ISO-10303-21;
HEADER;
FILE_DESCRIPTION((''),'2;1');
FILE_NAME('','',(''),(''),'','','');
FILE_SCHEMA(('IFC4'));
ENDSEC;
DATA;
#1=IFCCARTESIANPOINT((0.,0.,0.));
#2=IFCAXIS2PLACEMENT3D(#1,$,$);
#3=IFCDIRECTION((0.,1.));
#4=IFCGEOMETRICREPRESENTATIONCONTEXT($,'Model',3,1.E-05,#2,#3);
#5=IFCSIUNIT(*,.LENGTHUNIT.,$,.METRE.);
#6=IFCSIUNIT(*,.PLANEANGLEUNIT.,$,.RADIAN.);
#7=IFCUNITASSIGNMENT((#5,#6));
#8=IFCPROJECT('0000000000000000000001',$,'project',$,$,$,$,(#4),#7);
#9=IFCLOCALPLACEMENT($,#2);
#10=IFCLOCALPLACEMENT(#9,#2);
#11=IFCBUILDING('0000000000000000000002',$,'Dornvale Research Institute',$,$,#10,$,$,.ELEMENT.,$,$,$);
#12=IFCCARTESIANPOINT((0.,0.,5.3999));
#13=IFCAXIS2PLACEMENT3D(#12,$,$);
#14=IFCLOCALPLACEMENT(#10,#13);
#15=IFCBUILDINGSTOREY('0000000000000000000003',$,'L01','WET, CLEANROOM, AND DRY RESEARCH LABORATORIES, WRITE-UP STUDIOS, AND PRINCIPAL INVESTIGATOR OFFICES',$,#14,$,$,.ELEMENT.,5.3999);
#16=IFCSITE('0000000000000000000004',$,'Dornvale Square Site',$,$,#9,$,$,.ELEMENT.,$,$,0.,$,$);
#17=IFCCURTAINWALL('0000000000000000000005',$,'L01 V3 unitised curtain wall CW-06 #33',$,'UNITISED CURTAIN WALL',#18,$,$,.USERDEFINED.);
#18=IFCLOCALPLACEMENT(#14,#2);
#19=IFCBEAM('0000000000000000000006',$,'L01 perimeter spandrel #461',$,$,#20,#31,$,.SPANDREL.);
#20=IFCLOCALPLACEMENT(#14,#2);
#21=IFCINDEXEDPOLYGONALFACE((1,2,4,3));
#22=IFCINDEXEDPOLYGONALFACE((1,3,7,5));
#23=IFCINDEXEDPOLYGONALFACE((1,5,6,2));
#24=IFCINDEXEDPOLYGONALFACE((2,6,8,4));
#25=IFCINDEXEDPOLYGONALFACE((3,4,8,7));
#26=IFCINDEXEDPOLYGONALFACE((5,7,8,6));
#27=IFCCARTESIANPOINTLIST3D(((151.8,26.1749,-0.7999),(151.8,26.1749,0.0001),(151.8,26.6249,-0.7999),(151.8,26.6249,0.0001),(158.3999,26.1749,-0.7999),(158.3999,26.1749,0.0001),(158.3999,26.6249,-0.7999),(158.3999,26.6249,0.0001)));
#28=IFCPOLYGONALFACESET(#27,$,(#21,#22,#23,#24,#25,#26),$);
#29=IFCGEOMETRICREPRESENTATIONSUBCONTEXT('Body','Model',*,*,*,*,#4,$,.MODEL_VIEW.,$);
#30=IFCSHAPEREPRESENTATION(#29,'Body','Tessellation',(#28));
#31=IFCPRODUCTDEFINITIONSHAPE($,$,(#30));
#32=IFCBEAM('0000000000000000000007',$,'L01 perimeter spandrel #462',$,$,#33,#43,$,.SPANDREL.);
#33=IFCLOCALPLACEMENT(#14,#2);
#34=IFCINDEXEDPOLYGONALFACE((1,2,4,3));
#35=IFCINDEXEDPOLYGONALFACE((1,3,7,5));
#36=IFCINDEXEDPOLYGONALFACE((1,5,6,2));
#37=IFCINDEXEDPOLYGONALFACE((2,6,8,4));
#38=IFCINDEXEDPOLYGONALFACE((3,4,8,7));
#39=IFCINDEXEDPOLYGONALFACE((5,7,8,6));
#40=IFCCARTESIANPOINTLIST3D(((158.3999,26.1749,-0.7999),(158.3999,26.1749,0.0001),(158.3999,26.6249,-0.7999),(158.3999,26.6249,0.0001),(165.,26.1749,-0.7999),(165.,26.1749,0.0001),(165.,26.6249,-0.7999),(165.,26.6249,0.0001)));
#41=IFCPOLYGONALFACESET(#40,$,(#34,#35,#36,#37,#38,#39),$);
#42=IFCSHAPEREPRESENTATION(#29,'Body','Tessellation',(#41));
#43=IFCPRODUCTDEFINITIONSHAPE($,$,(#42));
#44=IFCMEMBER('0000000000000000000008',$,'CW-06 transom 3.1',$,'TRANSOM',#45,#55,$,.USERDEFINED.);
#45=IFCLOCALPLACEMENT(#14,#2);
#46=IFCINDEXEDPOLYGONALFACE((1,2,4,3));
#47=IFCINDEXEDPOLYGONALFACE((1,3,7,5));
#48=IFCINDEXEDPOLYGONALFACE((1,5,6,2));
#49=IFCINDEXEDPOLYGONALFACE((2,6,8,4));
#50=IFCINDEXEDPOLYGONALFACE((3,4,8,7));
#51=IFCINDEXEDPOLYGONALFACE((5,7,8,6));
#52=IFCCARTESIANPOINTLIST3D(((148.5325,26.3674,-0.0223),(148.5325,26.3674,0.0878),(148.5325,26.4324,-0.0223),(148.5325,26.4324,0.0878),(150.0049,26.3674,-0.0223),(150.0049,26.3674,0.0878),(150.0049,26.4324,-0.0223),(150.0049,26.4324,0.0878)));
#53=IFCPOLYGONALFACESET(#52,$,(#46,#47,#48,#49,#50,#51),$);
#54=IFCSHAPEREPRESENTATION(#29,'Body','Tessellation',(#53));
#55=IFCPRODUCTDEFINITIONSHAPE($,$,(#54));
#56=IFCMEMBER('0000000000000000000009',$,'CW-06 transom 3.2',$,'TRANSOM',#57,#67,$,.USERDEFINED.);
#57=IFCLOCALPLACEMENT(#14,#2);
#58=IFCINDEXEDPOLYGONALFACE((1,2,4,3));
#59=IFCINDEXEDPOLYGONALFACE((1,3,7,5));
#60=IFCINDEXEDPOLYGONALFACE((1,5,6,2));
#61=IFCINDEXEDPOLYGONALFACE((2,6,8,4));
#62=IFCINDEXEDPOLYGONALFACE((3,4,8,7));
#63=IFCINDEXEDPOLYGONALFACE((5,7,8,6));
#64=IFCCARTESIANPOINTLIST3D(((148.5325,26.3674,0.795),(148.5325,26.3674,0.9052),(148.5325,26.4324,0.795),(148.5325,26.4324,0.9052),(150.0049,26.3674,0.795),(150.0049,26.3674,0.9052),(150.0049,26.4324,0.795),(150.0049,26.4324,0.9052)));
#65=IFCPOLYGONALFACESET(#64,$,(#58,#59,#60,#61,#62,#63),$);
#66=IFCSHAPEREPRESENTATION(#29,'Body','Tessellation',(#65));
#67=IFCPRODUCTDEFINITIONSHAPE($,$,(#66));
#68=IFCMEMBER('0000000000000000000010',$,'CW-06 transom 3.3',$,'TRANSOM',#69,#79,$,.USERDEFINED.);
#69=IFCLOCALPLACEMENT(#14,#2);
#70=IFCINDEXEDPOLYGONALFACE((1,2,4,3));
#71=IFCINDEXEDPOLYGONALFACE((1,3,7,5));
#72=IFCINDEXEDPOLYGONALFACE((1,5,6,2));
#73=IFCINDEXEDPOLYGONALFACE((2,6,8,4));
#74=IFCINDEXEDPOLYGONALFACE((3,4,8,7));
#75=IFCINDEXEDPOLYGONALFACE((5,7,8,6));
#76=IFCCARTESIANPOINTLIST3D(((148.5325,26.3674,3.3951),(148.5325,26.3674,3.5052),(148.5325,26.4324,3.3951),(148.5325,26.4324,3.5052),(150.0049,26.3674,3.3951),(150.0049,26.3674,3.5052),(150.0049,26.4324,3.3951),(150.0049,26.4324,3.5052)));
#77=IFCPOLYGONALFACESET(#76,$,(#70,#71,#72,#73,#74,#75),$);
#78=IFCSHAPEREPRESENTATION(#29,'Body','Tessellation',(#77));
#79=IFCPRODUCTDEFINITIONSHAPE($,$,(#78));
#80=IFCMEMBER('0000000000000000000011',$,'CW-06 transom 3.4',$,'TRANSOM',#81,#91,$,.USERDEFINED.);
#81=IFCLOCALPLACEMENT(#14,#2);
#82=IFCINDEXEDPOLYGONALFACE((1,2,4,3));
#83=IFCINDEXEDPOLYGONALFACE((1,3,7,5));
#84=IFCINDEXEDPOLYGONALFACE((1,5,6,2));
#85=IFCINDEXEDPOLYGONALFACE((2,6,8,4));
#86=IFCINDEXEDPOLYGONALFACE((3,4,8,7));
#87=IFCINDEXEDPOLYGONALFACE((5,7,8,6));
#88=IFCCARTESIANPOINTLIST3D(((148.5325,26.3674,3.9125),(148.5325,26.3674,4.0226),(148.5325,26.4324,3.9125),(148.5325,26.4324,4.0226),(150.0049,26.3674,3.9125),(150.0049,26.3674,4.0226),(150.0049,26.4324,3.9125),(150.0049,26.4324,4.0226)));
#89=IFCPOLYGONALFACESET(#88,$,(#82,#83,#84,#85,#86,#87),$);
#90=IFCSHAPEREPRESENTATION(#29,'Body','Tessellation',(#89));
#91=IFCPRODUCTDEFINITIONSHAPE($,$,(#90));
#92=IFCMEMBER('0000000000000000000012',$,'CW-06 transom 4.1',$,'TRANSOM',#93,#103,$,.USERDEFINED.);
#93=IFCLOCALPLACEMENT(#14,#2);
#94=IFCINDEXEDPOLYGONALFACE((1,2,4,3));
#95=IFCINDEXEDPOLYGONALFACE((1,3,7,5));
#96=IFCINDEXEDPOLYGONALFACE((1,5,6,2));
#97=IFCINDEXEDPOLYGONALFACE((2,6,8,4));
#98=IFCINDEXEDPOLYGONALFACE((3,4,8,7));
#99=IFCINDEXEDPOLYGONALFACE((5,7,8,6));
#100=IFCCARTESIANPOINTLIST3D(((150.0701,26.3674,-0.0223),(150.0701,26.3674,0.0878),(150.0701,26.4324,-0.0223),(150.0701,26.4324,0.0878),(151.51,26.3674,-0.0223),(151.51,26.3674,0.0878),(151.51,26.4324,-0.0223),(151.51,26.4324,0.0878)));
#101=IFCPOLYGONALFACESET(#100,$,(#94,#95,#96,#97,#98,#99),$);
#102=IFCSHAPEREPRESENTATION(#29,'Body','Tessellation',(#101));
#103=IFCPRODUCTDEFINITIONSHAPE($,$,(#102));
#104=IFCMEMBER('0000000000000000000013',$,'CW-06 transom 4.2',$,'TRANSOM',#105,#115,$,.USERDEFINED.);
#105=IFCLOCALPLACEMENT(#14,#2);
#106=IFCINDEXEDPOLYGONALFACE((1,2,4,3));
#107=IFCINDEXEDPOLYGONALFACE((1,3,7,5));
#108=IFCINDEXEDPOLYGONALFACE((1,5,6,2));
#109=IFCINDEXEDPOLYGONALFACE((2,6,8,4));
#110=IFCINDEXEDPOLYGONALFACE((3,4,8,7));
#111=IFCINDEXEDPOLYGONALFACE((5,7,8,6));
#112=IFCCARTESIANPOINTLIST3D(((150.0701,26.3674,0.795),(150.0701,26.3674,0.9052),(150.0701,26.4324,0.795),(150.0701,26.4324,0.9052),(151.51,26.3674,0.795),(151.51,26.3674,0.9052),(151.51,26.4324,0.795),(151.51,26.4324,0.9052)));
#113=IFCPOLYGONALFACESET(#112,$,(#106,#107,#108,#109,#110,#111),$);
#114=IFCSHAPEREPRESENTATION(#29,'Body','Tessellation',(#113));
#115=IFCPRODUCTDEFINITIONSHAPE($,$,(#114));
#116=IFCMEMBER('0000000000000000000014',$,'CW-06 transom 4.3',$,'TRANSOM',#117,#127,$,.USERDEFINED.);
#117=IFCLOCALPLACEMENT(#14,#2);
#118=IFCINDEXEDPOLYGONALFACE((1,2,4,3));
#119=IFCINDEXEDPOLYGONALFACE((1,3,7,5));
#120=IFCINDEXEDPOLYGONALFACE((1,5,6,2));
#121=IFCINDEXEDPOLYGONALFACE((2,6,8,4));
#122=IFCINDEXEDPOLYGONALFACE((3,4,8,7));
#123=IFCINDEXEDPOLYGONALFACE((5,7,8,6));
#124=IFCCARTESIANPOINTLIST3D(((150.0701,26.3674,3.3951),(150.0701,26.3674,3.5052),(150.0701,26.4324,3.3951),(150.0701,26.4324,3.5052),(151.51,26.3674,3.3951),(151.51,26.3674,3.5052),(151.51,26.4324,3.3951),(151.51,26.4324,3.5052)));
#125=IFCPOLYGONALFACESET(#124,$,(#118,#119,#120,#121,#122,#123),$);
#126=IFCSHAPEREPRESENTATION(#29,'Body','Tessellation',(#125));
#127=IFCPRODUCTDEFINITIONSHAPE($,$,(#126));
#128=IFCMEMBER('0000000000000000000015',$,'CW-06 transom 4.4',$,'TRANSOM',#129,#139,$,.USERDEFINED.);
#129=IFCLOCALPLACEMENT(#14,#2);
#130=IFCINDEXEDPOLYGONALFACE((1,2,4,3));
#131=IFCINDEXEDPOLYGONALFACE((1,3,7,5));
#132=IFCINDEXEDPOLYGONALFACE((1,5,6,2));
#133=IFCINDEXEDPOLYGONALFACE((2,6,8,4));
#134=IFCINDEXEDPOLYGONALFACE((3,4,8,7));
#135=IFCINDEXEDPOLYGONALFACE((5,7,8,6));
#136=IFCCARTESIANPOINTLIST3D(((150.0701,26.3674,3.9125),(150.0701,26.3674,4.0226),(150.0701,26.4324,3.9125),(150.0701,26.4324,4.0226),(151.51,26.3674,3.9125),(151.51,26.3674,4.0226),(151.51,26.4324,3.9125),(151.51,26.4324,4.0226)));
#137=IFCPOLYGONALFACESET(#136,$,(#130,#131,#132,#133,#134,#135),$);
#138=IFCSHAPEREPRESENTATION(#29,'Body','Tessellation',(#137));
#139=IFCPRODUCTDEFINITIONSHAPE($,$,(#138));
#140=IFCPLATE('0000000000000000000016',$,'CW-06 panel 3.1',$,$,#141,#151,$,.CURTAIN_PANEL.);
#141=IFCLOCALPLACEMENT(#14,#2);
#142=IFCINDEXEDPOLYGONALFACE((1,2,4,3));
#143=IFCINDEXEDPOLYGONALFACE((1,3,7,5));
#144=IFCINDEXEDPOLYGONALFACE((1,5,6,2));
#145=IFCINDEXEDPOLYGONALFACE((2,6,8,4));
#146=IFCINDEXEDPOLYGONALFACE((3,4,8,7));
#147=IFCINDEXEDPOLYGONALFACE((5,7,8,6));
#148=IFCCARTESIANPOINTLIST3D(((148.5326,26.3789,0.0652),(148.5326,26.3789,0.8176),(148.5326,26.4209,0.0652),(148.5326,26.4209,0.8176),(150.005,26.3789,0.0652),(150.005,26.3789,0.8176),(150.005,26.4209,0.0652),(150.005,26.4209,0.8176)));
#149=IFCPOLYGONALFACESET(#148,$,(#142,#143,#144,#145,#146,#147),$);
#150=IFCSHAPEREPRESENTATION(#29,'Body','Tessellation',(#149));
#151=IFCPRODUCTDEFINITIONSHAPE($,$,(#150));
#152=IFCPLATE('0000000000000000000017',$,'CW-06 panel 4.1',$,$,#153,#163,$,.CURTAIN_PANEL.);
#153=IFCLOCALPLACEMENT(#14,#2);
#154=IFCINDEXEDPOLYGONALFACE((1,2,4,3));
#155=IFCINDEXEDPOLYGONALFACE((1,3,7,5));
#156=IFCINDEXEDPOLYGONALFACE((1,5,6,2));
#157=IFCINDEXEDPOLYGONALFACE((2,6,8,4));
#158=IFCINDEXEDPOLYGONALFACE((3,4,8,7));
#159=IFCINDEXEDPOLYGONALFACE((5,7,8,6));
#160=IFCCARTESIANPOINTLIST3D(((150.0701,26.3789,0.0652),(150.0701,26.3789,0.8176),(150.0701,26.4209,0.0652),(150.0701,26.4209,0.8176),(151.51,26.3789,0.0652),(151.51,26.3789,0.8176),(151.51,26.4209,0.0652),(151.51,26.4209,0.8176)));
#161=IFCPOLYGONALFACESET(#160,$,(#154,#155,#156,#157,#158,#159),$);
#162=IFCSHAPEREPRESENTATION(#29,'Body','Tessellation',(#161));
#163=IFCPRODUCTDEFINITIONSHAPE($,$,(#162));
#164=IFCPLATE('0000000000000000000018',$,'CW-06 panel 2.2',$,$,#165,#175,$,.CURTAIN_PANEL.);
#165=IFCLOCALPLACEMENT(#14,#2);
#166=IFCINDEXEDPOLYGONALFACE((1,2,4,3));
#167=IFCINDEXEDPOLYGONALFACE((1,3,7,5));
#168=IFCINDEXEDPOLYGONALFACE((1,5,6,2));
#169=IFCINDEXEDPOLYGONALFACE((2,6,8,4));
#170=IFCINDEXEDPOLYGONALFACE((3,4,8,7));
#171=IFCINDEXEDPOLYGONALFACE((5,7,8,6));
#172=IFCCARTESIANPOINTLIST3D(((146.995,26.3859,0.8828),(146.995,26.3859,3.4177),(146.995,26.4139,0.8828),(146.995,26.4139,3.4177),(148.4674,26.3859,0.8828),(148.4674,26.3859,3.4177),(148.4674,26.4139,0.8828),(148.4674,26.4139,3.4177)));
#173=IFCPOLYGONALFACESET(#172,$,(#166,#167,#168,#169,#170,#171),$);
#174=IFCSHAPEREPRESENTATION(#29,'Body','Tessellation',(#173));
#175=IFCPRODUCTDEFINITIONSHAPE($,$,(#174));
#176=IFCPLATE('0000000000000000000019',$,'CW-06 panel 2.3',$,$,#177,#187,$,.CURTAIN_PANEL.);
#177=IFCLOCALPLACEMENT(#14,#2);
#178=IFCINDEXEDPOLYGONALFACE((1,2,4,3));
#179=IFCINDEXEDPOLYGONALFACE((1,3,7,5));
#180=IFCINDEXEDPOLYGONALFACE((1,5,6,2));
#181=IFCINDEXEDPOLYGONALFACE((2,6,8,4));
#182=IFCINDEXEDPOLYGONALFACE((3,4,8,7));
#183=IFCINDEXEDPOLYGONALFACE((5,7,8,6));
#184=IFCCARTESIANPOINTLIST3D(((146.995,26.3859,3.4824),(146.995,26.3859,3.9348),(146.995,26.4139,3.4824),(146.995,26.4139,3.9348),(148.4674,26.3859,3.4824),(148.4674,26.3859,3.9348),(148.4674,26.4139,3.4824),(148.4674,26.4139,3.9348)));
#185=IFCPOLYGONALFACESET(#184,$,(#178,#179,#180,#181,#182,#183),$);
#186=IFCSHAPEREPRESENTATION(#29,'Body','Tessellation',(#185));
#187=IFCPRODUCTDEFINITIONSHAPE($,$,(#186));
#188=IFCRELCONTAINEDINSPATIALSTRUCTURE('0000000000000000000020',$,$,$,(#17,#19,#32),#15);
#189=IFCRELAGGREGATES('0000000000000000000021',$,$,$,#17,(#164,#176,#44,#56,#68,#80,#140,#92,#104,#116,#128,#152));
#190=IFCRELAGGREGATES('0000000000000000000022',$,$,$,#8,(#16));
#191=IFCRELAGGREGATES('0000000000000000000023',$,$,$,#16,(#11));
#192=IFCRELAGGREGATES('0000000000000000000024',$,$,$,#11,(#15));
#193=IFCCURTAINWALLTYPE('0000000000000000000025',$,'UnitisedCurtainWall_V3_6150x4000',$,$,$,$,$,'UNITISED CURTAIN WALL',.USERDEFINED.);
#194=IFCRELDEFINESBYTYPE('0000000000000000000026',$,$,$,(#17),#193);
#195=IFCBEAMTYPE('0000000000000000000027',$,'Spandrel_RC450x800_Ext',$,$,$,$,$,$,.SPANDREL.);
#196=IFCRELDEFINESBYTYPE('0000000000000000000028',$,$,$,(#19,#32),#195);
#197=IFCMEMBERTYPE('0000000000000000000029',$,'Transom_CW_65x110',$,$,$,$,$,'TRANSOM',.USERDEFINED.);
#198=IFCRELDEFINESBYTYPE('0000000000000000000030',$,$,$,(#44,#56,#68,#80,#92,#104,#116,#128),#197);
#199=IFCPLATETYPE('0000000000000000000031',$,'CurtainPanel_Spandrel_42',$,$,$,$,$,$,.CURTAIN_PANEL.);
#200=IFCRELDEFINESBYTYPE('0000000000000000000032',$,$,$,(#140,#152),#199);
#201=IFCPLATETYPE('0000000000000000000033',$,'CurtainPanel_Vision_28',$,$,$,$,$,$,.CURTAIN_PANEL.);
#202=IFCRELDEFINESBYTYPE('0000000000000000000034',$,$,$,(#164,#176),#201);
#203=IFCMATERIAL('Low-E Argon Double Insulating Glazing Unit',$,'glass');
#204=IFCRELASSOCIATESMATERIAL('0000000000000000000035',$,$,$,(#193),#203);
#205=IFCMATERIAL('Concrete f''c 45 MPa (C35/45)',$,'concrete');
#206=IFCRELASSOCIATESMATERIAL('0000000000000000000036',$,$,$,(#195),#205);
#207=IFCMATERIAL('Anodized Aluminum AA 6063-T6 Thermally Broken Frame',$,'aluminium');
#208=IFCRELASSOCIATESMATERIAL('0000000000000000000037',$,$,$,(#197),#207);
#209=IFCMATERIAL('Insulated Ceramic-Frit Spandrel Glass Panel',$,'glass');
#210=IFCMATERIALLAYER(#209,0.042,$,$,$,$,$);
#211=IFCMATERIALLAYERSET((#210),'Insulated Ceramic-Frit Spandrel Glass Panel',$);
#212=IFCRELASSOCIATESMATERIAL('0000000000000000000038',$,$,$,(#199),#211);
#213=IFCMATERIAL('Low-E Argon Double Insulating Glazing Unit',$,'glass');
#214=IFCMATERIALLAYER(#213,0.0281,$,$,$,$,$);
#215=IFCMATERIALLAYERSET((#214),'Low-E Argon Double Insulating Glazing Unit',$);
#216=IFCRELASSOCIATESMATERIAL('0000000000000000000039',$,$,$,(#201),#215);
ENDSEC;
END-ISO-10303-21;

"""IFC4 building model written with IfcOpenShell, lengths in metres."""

from ifc_helpers import new_model, si_unit, direction, frame, origin, origin_2d, place, context, subcontext, project, spatial, rectangle, extrude, material, layer, layer_set, material_profile, profile_set, type_object, element, aggregate, save


model = new_model("IFC4")

# Units and contexts
model_context = context("Model", 3, precision=1e-05, world=origin(), true_north=direction((0.0, 1.0)))
body_context = subcontext(model_context, "Body", "Model", "MODEL_VIEW")
ifc_project = project(units=[si_unit("LENGTHUNIT", "METRE"), si_unit("PLANEANGLEUNIT", "RADIAN")], contexts=[model_context])

# Site, building, storey
site_placement = place(None, origin())
site = spatial("IfcSite", under=ifc_project, at=site_placement, Name="Dornvale Square Site", CompositionType="ELEMENT", RefElevation=0.0)
building_placement = place(site_placement, origin())
building = spatial("IfcBuilding", under=site, at=building_placement, Name="Dornvale Research Institute", CompositionType="ELEMENT")
storey_placement = place(building_placement, frame((0.0, 0.0, 5.3999)))
storey = spatial("IfcBuildingStorey", under=building, at=storey_placement, Name="L01", Description="WET, CLEANROOM, AND DRY RESEARCH LABORATORIES, WRITE-UP STUDIOS, AND PRINCIPAL INVESTIGATOR OFFICES", CompositionType="ELEMENT", Elevation=5.3999)

# Curtain wall
ifc_material_1 = material(Name="Low-E Argon Double Insulating Glazing Unit", Category="glass")
curtain_wall_type = type_object("IfcCurtainWallType", Name="UnitisedCurtainWall_V3_6150x4000", ElementType="UNITISED CURTAIN WALL", PredefinedType="USERDEFINED", material=ifc_material_1)
curtain_wall_1_placement = place(storey_placement, origin())
curtain_wall_1 = element("IfcCurtainWall", 1, at=curtain_wall_1_placement, inside=storey, type_object=curtain_wall_type, Name="L01 V3 unitised curtain wall CW-06 #33", ObjectType="UNITISED CURTAIN WALL", PredefinedType="USERDEFINED")

# Beams
ifc_material_2 = material(Name="Concrete f'c 45 MPa (C35/45)", Category="concrete")
ifc_material_profile_1 = material_profile(ifc_material_2, rectangle(XDim=0.45, YDim=0.8, at=origin_2d()), Name="RC 450x800")
ifc_profile_set_1 = profile_set([ifc_material_profile_1], Name="Concrete f'c 45 MPa (C35/45)")
beam_type_1 = type_object("IfcBeamType", Name="Spandrel_RC450x800_Ext", PredefinedType="SPANDREL", material=ifc_profile_set_1)
beam_1_placement = place(storey_placement, frame((151.8, 26.3999, -0.3999), z_axis=(1.0, 0.0, 0.0), x_axis=(0.0, 1.0, 0.0)))
element("IfcBeam", 2, at=beam_1_placement, inside=storey, type_object=beam_type_1, Name="L01 perimeter spandrel #461", PredefinedType="SPANDREL", context=body_context, shape_type="SweptSolid", body=[
    extrude(rectangle(XDim=0.45, YDim=0.8, at=origin_2d()), origin(), (0.0, 0.0, 1.0), 6.5999),
])
beam_2_placement = place(storey_placement, frame((158.3999, 26.3999, -0.3999), z_axis=(1.0, 0.0, 0.0), x_axis=(0.0, 1.0, 0.0)))
element("IfcBeam", 3, at=beam_2_placement, inside=storey, type_object=beam_type_1, Name="L01 perimeter spandrel #462", PredefinedType="SPANDREL", context=body_context, shape_type="SweptSolid", body=[
    extrude(rectangle(XDim=0.45, YDim=0.8, at=origin_2d()), origin(), (0.0, 0.0, 1.0), 6.6001),
])

# Members
ifc_material_3 = material(Name="Anodized Aluminum AA 6063-T6 Thermally Broken Frame", Category="aluminium")
ifc_material_profile_2 = material_profile(ifc_material_3, rectangle(XDim=0.0649, YDim=0.1101, at=origin_2d()), Name="ALU TRANSOM 65x110")
ifc_profile_set_2 = profile_set([ifc_material_profile_2], Name="Anodized Aluminum AA 6063-T6 Thermally Broken Frame")
member_type_1 = type_object("IfcMemberType", Name="Transom_CW_65x110", ElementType="TRANSOM", PredefinedType="USERDEFINED", material=ifc_profile_set_2)
member_1_placement = place(storey_placement, frame((148.5325, 26.3999, 0.0327), z_axis=(1.0, 0.0, 0.0), x_axis=(0.0, 1.0, 0.0)))
member_1 = element("IfcMember", 4, at=member_1_placement, type_object=member_type_1, Name="CW-06 transom 3.1", ObjectType="TRANSOM", PredefinedType="USERDEFINED", context=body_context, shape_type="SweptSolid", body=[
    extrude(rectangle(XDim=0.0649, YDim=0.1101, at=origin_2d()), origin(), (0.0, 0.0, 1.0), 1.4724),
])
member_2_placement = place(storey_placement, frame((148.5325, 26.3999, 0.8501), z_axis=(1.0, 0.0, 0.0), x_axis=(0.0, 1.0, 0.0)))
member_2 = element("IfcMember", 5, at=member_2_placement, type_object=member_type_1, Name="CW-06 transom 3.2", ObjectType="TRANSOM", PredefinedType="USERDEFINED", context=body_context, shape_type="SweptSolid", body=[
    extrude(rectangle(XDim=0.0649, YDim=0.1101, at=origin_2d()), origin(), (0.0, 0.0, 1.0), 1.4724),
])
member_3_placement = place(storey_placement, frame((148.5325, 26.3999, 3.4502), z_axis=(1.0, 0.0, 0.0), x_axis=(0.0, 1.0, 0.0)))
member_3 = element("IfcMember", 6, at=member_3_placement, type_object=member_type_1, Name="CW-06 transom 3.3", ObjectType="TRANSOM", PredefinedType="USERDEFINED", context=body_context, shape_type="SweptSolid", body=[
    extrude(rectangle(XDim=0.0649, YDim=0.1101, at=origin_2d()), origin(), (0.0, 0.0, 1.0), 1.4724),
])
member_4_placement = place(storey_placement, frame((148.5325, 26.3999, 3.9675), z_axis=(1.0, 0.0, 0.0), x_axis=(0.0, 1.0, 0.0)))
member_4 = element("IfcMember", 7, at=member_4_placement, type_object=member_type_1, Name="CW-06 transom 3.4", ObjectType="TRANSOM", PredefinedType="USERDEFINED", context=body_context, shape_type="SweptSolid", body=[
    extrude(rectangle(XDim=0.0649, YDim=0.1101, at=origin_2d()), origin(), (0.0, 0.0, 1.0), 1.4724),
])
member_5_placement = place(storey_placement, frame((150.0701, 26.3999, 0.0327), z_axis=(1.0, 0.0, 0.0), x_axis=(0.0, 1.0, 0.0)))
member_5 = element("IfcMember", 8, at=member_5_placement, type_object=member_type_1, Name="CW-06 transom 4.1", ObjectType="TRANSOM", PredefinedType="USERDEFINED", context=body_context, shape_type="SweptSolid", body=[
    extrude(rectangle(XDim=0.0649, YDim=0.1101, at=origin_2d()), origin(), (0.0, 0.0, 1.0), 1.4399),
])
member_6_placement = place(storey_placement, frame((150.0701, 26.3999, 0.8501), z_axis=(1.0, 0.0, 0.0), x_axis=(0.0, 1.0, 0.0)))
member_6 = element("IfcMember", 9, at=member_6_placement, type_object=member_type_1, Name="CW-06 transom 4.2", ObjectType="TRANSOM", PredefinedType="USERDEFINED", context=body_context, shape_type="SweptSolid", body=[
    extrude(rectangle(XDim=0.0649, YDim=0.1101, at=origin_2d()), origin(), (0.0, 0.0, 1.0), 1.4399),
])
member_7_placement = place(storey_placement, frame((150.0701, 26.3999, 3.4502), z_axis=(1.0, 0.0, 0.0), x_axis=(0.0, 1.0, 0.0)))
member_7 = element("IfcMember", 10, at=member_7_placement, type_object=member_type_1, Name="CW-06 transom 4.3", ObjectType="TRANSOM", PredefinedType="USERDEFINED", context=body_context, shape_type="SweptSolid", body=[
    extrude(rectangle(XDim=0.0649, YDim=0.1101, at=origin_2d()), origin(), (0.0, 0.0, 1.0), 1.4399),
])
member_8_placement = place(storey_placement, frame((150.0701, 26.3999, 3.9675), z_axis=(1.0, 0.0, 0.0), x_axis=(0.0, 1.0, 0.0)))
member_8 = element("IfcMember", 11, at=member_8_placement, type_object=member_type_1, Name="CW-06 transom 4.4", ObjectType="TRANSOM", PredefinedType="USERDEFINED", context=body_context, shape_type="SweptSolid", body=[
    extrude(rectangle(XDim=0.0649, YDim=0.1101, at=origin_2d()), origin(), (0.0, 0.0, 1.0), 1.4399),
])

# Plates
ifc_material_4 = material(Name="Insulated Ceramic-Frit Spandrel Glass Panel", Category="glass")
ifc_layer_1 = layer(ifc_material_4, 0.042)
ifc_layer_set_1 = layer_set([ifc_layer_1], Name="Insulated Ceramic-Frit Spandrel Glass Panel")
plate_type_1 = type_object("IfcPlateType", Name="CurtainPanel_Spandrel_42", PredefinedType="CURTAIN_PANEL", material=ifc_layer_set_1)
plate_1_placement = place(storey_placement, frame((149.2688, 26.3999, 0.0652), z_axis=(0.0, 0.0, 1.0), x_axis=(1.0, 0.0, 0.0)))
plate_1 = element("IfcPlate", 12, at=plate_1_placement, type_object=plate_type_1, Name="CW-06 panel 3.1", PredefinedType="CURTAIN_PANEL", context=body_context, shape_type="SweptSolid", body=[
    extrude(rectangle(XDim=1.4724, YDim=0.042, at=origin_2d()), origin(), (0.0, 0.0, 1.0), 0.7524),
])
plate_2_placement = place(storey_placement, frame((150.79, 26.3999, 0.0652), z_axis=(0.0, 0.0, 1.0), x_axis=(1.0, 0.0, 0.0)))
plate_2 = element("IfcPlate", 13, at=plate_2_placement, type_object=plate_type_1, Name="CW-06 panel 4.1", PredefinedType="CURTAIN_PANEL", context=body_context, shape_type="SweptSolid", body=[
    extrude(rectangle(XDim=1.4399, YDim=0.042, at=origin_2d()), origin(), (0.0, 0.0, 1.0), 0.7524),
])
ifc_material_5 = material(Name="Low-E Argon Double Insulating Glazing Unit", Category="glass")
ifc_layer_2 = layer(ifc_material_5, 0.0281)
ifc_layer_set_2 = layer_set([ifc_layer_2], Name="Low-E Argon Double Insulating Glazing Unit")
plate_type_2 = type_object("IfcPlateType", Name="CurtainPanel_Vision_28", PredefinedType="CURTAIN_PANEL", material=ifc_layer_set_2)
plate_3_placement = place(storey_placement, frame((147.7312, 26.3999, 0.8828), z_axis=(0.0, 0.0, 1.0), x_axis=(1.0, 0.0, 0.0)))
plate_3 = element("IfcPlate", 14, at=plate_3_placement, type_object=plate_type_2, Name="CW-06 panel 2.2", PredefinedType="CURTAIN_PANEL", context=body_context, shape_type="SweptSolid", body=[
    extrude(rectangle(XDim=1.4724, YDim=0.0281, at=origin_2d()), origin(), (0.0, 0.0, 1.0), 2.5349),
])
plate_4_placement = place(storey_placement, frame((147.7312, 26.3999, 3.4824), z_axis=(0.0, 0.0, 1.0), x_axis=(1.0, 0.0, 0.0)))
plate_4 = element("IfcPlate", 15, at=plate_4_placement, type_object=plate_type_2, Name="CW-06 panel 2.3", PredefinedType="CURTAIN_PANEL", context=body_context, shape_type="SweptSolid", body=[
    extrude(rectangle(XDim=1.4724, YDim=0.0281, at=origin_2d()), origin(), (0.0, 0.0, 1.0), 0.4524),
])
aggregate(curtain_wall_1, [plate_3, plate_4, member_1, member_2, member_3, member_4, plate_1, member_5, member_6, member_7, member_8, plate_2])

save(model, "model.ifc")
